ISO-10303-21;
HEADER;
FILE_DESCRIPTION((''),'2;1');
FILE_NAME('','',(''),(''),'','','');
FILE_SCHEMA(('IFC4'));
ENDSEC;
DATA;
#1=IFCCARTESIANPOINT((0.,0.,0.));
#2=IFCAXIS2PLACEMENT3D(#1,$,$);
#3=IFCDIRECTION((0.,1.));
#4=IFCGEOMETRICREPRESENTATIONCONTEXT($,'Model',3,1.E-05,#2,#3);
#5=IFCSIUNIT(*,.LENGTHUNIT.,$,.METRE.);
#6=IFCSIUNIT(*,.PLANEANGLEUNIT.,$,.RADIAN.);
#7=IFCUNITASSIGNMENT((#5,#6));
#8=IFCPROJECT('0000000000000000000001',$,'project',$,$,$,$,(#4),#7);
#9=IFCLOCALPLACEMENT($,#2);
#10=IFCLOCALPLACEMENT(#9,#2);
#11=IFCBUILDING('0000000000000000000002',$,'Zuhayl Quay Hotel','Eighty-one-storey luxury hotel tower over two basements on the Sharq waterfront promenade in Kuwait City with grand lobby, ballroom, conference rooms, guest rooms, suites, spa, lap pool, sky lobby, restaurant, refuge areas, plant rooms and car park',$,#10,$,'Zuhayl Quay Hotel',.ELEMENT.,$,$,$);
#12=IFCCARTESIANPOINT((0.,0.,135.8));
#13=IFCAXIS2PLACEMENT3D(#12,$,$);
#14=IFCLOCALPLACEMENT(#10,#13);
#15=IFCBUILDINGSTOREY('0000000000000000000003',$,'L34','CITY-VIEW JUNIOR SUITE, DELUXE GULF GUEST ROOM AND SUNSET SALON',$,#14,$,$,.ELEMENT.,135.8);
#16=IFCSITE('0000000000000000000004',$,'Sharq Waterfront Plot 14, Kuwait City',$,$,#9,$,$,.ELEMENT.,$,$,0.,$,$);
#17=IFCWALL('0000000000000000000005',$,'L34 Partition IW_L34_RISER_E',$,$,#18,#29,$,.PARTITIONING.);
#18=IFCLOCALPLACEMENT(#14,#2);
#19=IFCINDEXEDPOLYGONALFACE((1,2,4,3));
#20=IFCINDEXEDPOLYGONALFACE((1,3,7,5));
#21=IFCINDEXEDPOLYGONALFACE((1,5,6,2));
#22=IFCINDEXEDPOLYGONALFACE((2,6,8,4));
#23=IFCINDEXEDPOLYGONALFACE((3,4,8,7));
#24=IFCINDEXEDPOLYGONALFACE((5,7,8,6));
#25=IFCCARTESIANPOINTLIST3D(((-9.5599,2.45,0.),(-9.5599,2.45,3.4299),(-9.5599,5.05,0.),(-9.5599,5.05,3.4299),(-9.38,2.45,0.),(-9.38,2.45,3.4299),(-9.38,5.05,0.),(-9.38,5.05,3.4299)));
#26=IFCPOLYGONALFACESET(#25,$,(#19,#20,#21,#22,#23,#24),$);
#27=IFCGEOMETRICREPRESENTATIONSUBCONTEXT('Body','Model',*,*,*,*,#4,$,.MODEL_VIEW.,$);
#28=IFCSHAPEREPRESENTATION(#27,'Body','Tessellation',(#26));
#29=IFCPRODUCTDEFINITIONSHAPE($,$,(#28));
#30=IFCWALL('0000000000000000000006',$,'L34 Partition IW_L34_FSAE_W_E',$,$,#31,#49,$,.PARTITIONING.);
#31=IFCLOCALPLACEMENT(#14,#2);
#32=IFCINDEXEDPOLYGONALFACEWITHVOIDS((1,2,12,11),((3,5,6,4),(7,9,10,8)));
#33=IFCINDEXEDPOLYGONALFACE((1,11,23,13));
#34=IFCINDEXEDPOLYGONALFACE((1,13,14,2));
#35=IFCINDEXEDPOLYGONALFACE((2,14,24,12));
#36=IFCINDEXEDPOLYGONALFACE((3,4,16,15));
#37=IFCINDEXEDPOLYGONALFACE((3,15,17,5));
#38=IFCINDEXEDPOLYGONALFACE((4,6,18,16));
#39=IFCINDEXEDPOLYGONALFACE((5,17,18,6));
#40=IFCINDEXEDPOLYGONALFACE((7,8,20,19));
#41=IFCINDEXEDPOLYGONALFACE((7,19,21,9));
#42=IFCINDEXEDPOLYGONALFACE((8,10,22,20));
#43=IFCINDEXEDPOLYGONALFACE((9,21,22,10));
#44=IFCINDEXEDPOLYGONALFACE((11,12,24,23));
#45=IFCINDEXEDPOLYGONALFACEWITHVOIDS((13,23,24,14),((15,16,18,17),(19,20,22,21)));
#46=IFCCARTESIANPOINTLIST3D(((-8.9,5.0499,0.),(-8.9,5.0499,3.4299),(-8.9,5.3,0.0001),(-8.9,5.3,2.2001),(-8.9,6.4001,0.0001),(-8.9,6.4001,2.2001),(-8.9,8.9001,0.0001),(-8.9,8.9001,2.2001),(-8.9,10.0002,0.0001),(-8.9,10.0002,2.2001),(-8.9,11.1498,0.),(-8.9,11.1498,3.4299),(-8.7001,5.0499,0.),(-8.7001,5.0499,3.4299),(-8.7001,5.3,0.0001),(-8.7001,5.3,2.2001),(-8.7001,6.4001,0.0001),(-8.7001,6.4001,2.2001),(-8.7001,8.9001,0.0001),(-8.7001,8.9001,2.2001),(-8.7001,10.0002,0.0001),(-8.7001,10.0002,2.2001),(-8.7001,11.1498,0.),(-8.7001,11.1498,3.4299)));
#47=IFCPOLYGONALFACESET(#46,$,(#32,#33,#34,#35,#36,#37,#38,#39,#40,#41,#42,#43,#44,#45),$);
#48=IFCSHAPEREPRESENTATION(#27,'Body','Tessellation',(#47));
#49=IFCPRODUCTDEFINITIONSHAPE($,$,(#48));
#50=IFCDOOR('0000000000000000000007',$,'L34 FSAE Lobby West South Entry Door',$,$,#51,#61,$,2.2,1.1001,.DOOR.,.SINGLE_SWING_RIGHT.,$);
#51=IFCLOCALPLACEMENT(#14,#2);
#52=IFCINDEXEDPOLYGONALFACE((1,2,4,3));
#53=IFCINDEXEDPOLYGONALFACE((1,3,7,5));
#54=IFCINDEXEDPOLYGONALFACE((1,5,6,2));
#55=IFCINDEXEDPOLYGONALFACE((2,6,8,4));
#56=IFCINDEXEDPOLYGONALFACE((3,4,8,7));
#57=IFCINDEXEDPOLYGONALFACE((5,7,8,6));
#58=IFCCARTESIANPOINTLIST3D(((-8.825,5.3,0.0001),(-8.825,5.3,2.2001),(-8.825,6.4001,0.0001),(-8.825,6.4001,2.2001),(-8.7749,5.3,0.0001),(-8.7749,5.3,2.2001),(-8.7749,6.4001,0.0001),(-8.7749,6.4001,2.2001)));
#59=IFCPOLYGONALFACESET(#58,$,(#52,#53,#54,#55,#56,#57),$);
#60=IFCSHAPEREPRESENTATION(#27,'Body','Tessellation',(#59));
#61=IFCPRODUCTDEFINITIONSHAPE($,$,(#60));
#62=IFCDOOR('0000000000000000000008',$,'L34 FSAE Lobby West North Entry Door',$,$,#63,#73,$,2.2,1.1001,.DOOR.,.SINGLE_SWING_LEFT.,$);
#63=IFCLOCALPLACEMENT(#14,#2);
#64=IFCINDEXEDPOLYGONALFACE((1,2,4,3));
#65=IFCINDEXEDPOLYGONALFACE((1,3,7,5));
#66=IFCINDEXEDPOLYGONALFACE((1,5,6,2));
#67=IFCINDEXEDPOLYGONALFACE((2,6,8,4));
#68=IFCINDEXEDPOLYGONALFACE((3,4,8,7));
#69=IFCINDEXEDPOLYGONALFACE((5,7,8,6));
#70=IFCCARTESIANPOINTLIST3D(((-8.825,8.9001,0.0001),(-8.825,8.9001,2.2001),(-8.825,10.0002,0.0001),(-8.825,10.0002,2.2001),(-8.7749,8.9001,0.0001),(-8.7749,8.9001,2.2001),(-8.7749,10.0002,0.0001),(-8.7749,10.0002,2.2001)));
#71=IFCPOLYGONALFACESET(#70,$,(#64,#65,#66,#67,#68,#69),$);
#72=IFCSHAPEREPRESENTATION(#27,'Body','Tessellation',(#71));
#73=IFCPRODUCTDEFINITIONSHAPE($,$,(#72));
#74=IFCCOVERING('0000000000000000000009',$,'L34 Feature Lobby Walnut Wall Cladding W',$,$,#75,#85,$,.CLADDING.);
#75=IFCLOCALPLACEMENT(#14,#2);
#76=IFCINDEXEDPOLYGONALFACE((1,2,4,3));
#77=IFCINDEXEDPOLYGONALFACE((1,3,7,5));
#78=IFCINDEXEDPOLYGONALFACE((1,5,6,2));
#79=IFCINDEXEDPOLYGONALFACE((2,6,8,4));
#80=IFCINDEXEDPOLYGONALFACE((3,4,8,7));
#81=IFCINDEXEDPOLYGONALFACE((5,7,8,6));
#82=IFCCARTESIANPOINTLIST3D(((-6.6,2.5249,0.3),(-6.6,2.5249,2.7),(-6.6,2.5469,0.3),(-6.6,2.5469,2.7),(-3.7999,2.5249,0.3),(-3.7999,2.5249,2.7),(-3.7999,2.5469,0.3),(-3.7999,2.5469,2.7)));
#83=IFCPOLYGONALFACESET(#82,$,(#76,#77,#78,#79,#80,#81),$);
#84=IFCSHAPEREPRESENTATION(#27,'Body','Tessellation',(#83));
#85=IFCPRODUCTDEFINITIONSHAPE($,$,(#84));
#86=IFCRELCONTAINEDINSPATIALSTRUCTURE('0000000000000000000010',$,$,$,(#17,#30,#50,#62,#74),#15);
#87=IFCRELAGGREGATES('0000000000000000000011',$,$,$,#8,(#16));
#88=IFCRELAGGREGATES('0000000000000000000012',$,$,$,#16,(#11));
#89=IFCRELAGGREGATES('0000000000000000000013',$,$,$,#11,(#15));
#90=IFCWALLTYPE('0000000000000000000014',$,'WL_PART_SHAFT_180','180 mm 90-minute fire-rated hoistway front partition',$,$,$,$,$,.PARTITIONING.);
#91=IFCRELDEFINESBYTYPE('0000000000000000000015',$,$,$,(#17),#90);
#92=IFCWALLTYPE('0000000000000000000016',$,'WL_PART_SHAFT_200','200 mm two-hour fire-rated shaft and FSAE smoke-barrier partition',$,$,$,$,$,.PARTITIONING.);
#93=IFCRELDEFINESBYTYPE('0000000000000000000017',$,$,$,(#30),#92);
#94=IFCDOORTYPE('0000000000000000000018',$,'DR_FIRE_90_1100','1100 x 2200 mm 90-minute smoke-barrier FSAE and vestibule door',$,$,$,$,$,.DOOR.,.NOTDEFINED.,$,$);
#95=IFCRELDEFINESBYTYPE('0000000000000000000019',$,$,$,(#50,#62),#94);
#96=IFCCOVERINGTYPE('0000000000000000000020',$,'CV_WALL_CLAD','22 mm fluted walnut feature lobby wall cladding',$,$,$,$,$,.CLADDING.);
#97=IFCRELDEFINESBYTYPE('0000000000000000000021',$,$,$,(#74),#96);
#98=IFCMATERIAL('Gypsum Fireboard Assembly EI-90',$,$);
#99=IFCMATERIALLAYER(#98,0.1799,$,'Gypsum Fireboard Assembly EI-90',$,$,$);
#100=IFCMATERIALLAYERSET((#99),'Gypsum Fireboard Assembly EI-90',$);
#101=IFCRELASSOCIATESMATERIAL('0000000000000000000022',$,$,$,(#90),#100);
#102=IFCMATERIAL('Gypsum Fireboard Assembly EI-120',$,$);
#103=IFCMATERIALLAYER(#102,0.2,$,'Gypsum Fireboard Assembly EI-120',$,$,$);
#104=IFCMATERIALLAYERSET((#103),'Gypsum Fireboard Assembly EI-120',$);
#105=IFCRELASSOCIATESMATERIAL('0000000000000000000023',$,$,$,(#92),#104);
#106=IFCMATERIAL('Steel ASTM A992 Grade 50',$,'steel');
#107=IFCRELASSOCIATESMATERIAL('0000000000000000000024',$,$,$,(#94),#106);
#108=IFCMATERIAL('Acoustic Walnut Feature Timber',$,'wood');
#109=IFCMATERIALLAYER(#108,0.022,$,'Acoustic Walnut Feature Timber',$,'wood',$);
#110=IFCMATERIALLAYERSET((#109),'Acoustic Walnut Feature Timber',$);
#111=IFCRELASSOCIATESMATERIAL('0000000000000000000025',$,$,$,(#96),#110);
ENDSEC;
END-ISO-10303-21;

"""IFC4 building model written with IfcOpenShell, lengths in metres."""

from ifc_helpers import new_model, si_unit, direction, frame, frame_2d, origin, origin_2d, place, context, subcontext, project, spatial, rectangle, extrude, material, layer, layer_set, type_object, element, fill, save


model = new_model("IFC4")

# Units and contexts
model_context = context("Model", 3, precision=1e-05, world=origin(), true_north=direction((0.0, 1.0)))
body_context = subcontext(model_context, "Body", "Model", "MODEL_VIEW")
ifc_project = project(units=[si_unit("LENGTHUNIT", "METRE"), si_unit("PLANEANGLEUNIT", "RADIAN")], contexts=[model_context])

# Site, building, storey
site_placement = place(None, origin())
site = spatial("IfcSite", under=ifc_project, at=site_placement, Name="Sharq Waterfront Plot 14, Kuwait City", CompositionType="ELEMENT", RefElevation=0.0)
building_placement = place(site_placement, origin())
building = spatial("IfcBuilding", under=site, at=building_placement, Name="Zuhayl Quay Hotel", Description="Eighty-one-storey luxury hotel tower over two basements on the Sharq waterfront promenade in Kuwait City with grand lobby, ballroom, conference rooms, guest rooms, suites, spa, lap pool, sky lobby, restaurant, refuge areas, plant rooms and car park", LongName="Zuhayl Quay Hotel", CompositionType="ELEMENT")
storey_placement = place(building_placement, frame((0.0, 0.0, 135.8)))
storey = spatial("IfcBuildingStorey", under=building, at=storey_placement, Name="L34", Description="CITY-VIEW JUNIOR SUITE, DELUXE GULF GUEST ROOM AND SUNSET SALON", CompositionType="ELEMENT", Elevation=135.8)

# Shared definitions
ifc_material_1 = material(Name="Steel ASTM A992 Grade 50", Category="steel")

# Shared definitions
ifc_material_2 = material(Name="Gypsum Fireboard Assembly EI-90")

# Wall
ifc_layer_1 = layer(ifc_material_2, 0.1799, Name="Gypsum Fireboard Assembly EI-90")
ifc_layer_set_1 = layer_set([ifc_layer_1], Name="Gypsum Fireboard Assembly EI-90")
wall_type_1 = type_object("IfcWallType", Name="WL_PART_SHAFT_180", Description="180 mm 90-minute fire-rated hoistway front partition", PredefinedType="PARTITIONING", material=ifc_layer_set_1)
wall_1_placement = place(storey_placement, frame((-9.47, 2.45, 0.0), z_axis=(0.0, 0.0, 1.0), x_axis=(0.0, 1.0, 0.0)))
element("IfcWall", 1, at=wall_1_placement, inside=storey, type_object=wall_type_1, Name="L34 Partition IW_L34_RISER_E", PredefinedType="PARTITIONING", context=body_context, shape_type="SweptSolid", body=[
    extrude(rectangle(XDim=2.6001, YDim=0.1799, at=frame_2d((1.3, 0.0))), origin(), (0.0, 0.0, 1.0), 3.4299),
])

# Wall, openings, doors
ifc_material_3 = material(Name="Gypsum Fireboard Assembly EI-120")
ifc_layer_2 = layer(ifc_material_3, 0.2, Name="Gypsum Fireboard Assembly EI-120")
ifc_layer_set_2 = layer_set([ifc_layer_2], Name="Gypsum Fireboard Assembly EI-120")
wall_type_2 = type_object("IfcWallType", Name="WL_PART_SHAFT_200", Description="200 mm two-hour fire-rated shaft and FSAE smoke-barrier partition", PredefinedType="PARTITIONING", material=ifc_layer_set_2)
wall_2_placement = place(storey_placement, frame((-8.8, 5.05, 0.0), z_axis=(0.0, 0.0, 1.0), x_axis=(0.0, 1.0, 0.0)))
wall_2 = element("IfcWall", 2, at=wall_2_placement, inside=storey, type_object=wall_type_2, Name="L34 Partition IW_L34_FSAE_W_E", PredefinedType="PARTITIONING", context=body_context, shape_type="SweptSolid", body=[
    extrude(rectangle(XDim=6.0999, YDim=0.2, at=frame_2d((3.0498, 0.0))), origin(), (0.0, 0.0, 1.0), 3.4299),
])
opening_1_placement = place(wall_2_placement, frame((0.25, 0.0, 0.0)))
opening_1 = element("IfcOpeningElement", 3, at=opening_1_placement, cuts=wall_2, PredefinedType="OPENING", context=body_context, shape_type="SweptSolid", body=[
    extrude(rectangle(XDim=1.1001, YDim=2.2, at=frame_2d((0.55, 1.1001))), frame((0.0, 0.1099, 0.0), z_axis=(0.0, -1.0, 0.0), x_axis=(1.0, 0.0, 0.0)), (0.0, 0.0, 1.0), 0.22),
])
opening_2_placement = place(wall_2_placement, frame((3.8501, 0.0, 0.0)))
opening_2 = element("IfcOpeningElement", 4, at=opening_2_placement, cuts=wall_2, PredefinedType="OPENING", context=body_context, shape_type="SweptSolid", body=[
    extrude(rectangle(XDim=1.1001, YDim=2.2, at=frame_2d((0.55, 1.1001))), frame((0.0, 0.1099, 0.0), z_axis=(0.0, -1.0, 0.0), x_axis=(1.0, 0.0, 0.0)), (0.0, 0.0, 1.0), 0.22),
])
door_type_1 = type_object("IfcDoorType", Name="DR_FIRE_90_1100", Description="1100 x 2200 mm 90-minute smoke-barrier FSAE and vestibule door", OperationType="NOTDEFINED", PredefinedType="DOOR", material=ifc_material_1)
door_1_placement = place(opening_1_placement, origin())
door_1 = element("IfcDoor", 5, at=door_1_placement, inside=storey, type_object=door_type_1, Name="L34 FSAE Lobby West South Entry Door", OperationType="SINGLE_SWING_RIGHT", OverallHeight=2.2, OverallWidth=1.1001, PredefinedType="DOOR", context=body_context, shape_type="SweptSolid", body=[
    extrude(rectangle(XDim=1.1001, YDim=2.2, at=frame_2d((0.55, 1.1001))), frame((0.0, 0.0249, 0.0), z_axis=(0.0, -1.0, 0.0), x_axis=(1.0, 0.0, 0.0)), (0.0, 0.0, 1.0), 0.05),
])
fill(opening_1, door_1)
door_2_placement = place(opening_2_placement, origin())
door_2 = element("IfcDoor", 6, at=door_2_placement, inside=storey, type_object=door_type_1, Name="L34 FSAE Lobby West North Entry Door", OperationType="SINGLE_SWING_LEFT", OverallHeight=2.2, OverallWidth=1.1001, PredefinedType="DOOR", context=body_context, shape_type="SweptSolid", body=[
    extrude(rectangle(XDim=1.1001, YDim=2.2, at=frame_2d((0.55, 1.1001))), frame((0.0, 0.0249, 0.0), z_axis=(0.0, -1.0, 0.0), x_axis=(1.0, 0.0, 0.0)), (0.0, 0.0, 1.0), 0.05),
])
fill(opening_2, door_2)

# Covering
ifc_material_4 = material(Name="Acoustic Walnut Feature Timber", Category="wood")
ifc_layer_3 = layer(ifc_material_4, 0.022, Name="Acoustic Walnut Feature Timber", Category="wood")
ifc_layer_set_3 = layer_set([ifc_layer_3], Name="Acoustic Walnut Feature Timber")
covering_type = type_object("IfcCoveringType", Name="CV_WALL_CLAD", Description="22 mm fluted walnut feature lobby wall cladding", PredefinedType="CLADDING", material=ifc_layer_set_3)
covering_placement = place(storey_placement, frame((-5.2, 2.5359, 0.3), z_axis=(0.0, 0.0, 1.0), x_axis=(1.0, 0.0, 0.0)))
element("IfcCovering", 7, at=covering_placement, inside=storey, type_object=covering_type, Name="L34 Feature Lobby Walnut Wall Cladding W", PredefinedType="CLADDING", context=body_context, shape_type="SweptSolid", body=[
    extrude(rectangle(XDim=2.8, YDim=0.022, at=origin_2d()), origin(), (0.0, 0.0, 1.0), 2.3999),
])

save(model, "model.ifc")
